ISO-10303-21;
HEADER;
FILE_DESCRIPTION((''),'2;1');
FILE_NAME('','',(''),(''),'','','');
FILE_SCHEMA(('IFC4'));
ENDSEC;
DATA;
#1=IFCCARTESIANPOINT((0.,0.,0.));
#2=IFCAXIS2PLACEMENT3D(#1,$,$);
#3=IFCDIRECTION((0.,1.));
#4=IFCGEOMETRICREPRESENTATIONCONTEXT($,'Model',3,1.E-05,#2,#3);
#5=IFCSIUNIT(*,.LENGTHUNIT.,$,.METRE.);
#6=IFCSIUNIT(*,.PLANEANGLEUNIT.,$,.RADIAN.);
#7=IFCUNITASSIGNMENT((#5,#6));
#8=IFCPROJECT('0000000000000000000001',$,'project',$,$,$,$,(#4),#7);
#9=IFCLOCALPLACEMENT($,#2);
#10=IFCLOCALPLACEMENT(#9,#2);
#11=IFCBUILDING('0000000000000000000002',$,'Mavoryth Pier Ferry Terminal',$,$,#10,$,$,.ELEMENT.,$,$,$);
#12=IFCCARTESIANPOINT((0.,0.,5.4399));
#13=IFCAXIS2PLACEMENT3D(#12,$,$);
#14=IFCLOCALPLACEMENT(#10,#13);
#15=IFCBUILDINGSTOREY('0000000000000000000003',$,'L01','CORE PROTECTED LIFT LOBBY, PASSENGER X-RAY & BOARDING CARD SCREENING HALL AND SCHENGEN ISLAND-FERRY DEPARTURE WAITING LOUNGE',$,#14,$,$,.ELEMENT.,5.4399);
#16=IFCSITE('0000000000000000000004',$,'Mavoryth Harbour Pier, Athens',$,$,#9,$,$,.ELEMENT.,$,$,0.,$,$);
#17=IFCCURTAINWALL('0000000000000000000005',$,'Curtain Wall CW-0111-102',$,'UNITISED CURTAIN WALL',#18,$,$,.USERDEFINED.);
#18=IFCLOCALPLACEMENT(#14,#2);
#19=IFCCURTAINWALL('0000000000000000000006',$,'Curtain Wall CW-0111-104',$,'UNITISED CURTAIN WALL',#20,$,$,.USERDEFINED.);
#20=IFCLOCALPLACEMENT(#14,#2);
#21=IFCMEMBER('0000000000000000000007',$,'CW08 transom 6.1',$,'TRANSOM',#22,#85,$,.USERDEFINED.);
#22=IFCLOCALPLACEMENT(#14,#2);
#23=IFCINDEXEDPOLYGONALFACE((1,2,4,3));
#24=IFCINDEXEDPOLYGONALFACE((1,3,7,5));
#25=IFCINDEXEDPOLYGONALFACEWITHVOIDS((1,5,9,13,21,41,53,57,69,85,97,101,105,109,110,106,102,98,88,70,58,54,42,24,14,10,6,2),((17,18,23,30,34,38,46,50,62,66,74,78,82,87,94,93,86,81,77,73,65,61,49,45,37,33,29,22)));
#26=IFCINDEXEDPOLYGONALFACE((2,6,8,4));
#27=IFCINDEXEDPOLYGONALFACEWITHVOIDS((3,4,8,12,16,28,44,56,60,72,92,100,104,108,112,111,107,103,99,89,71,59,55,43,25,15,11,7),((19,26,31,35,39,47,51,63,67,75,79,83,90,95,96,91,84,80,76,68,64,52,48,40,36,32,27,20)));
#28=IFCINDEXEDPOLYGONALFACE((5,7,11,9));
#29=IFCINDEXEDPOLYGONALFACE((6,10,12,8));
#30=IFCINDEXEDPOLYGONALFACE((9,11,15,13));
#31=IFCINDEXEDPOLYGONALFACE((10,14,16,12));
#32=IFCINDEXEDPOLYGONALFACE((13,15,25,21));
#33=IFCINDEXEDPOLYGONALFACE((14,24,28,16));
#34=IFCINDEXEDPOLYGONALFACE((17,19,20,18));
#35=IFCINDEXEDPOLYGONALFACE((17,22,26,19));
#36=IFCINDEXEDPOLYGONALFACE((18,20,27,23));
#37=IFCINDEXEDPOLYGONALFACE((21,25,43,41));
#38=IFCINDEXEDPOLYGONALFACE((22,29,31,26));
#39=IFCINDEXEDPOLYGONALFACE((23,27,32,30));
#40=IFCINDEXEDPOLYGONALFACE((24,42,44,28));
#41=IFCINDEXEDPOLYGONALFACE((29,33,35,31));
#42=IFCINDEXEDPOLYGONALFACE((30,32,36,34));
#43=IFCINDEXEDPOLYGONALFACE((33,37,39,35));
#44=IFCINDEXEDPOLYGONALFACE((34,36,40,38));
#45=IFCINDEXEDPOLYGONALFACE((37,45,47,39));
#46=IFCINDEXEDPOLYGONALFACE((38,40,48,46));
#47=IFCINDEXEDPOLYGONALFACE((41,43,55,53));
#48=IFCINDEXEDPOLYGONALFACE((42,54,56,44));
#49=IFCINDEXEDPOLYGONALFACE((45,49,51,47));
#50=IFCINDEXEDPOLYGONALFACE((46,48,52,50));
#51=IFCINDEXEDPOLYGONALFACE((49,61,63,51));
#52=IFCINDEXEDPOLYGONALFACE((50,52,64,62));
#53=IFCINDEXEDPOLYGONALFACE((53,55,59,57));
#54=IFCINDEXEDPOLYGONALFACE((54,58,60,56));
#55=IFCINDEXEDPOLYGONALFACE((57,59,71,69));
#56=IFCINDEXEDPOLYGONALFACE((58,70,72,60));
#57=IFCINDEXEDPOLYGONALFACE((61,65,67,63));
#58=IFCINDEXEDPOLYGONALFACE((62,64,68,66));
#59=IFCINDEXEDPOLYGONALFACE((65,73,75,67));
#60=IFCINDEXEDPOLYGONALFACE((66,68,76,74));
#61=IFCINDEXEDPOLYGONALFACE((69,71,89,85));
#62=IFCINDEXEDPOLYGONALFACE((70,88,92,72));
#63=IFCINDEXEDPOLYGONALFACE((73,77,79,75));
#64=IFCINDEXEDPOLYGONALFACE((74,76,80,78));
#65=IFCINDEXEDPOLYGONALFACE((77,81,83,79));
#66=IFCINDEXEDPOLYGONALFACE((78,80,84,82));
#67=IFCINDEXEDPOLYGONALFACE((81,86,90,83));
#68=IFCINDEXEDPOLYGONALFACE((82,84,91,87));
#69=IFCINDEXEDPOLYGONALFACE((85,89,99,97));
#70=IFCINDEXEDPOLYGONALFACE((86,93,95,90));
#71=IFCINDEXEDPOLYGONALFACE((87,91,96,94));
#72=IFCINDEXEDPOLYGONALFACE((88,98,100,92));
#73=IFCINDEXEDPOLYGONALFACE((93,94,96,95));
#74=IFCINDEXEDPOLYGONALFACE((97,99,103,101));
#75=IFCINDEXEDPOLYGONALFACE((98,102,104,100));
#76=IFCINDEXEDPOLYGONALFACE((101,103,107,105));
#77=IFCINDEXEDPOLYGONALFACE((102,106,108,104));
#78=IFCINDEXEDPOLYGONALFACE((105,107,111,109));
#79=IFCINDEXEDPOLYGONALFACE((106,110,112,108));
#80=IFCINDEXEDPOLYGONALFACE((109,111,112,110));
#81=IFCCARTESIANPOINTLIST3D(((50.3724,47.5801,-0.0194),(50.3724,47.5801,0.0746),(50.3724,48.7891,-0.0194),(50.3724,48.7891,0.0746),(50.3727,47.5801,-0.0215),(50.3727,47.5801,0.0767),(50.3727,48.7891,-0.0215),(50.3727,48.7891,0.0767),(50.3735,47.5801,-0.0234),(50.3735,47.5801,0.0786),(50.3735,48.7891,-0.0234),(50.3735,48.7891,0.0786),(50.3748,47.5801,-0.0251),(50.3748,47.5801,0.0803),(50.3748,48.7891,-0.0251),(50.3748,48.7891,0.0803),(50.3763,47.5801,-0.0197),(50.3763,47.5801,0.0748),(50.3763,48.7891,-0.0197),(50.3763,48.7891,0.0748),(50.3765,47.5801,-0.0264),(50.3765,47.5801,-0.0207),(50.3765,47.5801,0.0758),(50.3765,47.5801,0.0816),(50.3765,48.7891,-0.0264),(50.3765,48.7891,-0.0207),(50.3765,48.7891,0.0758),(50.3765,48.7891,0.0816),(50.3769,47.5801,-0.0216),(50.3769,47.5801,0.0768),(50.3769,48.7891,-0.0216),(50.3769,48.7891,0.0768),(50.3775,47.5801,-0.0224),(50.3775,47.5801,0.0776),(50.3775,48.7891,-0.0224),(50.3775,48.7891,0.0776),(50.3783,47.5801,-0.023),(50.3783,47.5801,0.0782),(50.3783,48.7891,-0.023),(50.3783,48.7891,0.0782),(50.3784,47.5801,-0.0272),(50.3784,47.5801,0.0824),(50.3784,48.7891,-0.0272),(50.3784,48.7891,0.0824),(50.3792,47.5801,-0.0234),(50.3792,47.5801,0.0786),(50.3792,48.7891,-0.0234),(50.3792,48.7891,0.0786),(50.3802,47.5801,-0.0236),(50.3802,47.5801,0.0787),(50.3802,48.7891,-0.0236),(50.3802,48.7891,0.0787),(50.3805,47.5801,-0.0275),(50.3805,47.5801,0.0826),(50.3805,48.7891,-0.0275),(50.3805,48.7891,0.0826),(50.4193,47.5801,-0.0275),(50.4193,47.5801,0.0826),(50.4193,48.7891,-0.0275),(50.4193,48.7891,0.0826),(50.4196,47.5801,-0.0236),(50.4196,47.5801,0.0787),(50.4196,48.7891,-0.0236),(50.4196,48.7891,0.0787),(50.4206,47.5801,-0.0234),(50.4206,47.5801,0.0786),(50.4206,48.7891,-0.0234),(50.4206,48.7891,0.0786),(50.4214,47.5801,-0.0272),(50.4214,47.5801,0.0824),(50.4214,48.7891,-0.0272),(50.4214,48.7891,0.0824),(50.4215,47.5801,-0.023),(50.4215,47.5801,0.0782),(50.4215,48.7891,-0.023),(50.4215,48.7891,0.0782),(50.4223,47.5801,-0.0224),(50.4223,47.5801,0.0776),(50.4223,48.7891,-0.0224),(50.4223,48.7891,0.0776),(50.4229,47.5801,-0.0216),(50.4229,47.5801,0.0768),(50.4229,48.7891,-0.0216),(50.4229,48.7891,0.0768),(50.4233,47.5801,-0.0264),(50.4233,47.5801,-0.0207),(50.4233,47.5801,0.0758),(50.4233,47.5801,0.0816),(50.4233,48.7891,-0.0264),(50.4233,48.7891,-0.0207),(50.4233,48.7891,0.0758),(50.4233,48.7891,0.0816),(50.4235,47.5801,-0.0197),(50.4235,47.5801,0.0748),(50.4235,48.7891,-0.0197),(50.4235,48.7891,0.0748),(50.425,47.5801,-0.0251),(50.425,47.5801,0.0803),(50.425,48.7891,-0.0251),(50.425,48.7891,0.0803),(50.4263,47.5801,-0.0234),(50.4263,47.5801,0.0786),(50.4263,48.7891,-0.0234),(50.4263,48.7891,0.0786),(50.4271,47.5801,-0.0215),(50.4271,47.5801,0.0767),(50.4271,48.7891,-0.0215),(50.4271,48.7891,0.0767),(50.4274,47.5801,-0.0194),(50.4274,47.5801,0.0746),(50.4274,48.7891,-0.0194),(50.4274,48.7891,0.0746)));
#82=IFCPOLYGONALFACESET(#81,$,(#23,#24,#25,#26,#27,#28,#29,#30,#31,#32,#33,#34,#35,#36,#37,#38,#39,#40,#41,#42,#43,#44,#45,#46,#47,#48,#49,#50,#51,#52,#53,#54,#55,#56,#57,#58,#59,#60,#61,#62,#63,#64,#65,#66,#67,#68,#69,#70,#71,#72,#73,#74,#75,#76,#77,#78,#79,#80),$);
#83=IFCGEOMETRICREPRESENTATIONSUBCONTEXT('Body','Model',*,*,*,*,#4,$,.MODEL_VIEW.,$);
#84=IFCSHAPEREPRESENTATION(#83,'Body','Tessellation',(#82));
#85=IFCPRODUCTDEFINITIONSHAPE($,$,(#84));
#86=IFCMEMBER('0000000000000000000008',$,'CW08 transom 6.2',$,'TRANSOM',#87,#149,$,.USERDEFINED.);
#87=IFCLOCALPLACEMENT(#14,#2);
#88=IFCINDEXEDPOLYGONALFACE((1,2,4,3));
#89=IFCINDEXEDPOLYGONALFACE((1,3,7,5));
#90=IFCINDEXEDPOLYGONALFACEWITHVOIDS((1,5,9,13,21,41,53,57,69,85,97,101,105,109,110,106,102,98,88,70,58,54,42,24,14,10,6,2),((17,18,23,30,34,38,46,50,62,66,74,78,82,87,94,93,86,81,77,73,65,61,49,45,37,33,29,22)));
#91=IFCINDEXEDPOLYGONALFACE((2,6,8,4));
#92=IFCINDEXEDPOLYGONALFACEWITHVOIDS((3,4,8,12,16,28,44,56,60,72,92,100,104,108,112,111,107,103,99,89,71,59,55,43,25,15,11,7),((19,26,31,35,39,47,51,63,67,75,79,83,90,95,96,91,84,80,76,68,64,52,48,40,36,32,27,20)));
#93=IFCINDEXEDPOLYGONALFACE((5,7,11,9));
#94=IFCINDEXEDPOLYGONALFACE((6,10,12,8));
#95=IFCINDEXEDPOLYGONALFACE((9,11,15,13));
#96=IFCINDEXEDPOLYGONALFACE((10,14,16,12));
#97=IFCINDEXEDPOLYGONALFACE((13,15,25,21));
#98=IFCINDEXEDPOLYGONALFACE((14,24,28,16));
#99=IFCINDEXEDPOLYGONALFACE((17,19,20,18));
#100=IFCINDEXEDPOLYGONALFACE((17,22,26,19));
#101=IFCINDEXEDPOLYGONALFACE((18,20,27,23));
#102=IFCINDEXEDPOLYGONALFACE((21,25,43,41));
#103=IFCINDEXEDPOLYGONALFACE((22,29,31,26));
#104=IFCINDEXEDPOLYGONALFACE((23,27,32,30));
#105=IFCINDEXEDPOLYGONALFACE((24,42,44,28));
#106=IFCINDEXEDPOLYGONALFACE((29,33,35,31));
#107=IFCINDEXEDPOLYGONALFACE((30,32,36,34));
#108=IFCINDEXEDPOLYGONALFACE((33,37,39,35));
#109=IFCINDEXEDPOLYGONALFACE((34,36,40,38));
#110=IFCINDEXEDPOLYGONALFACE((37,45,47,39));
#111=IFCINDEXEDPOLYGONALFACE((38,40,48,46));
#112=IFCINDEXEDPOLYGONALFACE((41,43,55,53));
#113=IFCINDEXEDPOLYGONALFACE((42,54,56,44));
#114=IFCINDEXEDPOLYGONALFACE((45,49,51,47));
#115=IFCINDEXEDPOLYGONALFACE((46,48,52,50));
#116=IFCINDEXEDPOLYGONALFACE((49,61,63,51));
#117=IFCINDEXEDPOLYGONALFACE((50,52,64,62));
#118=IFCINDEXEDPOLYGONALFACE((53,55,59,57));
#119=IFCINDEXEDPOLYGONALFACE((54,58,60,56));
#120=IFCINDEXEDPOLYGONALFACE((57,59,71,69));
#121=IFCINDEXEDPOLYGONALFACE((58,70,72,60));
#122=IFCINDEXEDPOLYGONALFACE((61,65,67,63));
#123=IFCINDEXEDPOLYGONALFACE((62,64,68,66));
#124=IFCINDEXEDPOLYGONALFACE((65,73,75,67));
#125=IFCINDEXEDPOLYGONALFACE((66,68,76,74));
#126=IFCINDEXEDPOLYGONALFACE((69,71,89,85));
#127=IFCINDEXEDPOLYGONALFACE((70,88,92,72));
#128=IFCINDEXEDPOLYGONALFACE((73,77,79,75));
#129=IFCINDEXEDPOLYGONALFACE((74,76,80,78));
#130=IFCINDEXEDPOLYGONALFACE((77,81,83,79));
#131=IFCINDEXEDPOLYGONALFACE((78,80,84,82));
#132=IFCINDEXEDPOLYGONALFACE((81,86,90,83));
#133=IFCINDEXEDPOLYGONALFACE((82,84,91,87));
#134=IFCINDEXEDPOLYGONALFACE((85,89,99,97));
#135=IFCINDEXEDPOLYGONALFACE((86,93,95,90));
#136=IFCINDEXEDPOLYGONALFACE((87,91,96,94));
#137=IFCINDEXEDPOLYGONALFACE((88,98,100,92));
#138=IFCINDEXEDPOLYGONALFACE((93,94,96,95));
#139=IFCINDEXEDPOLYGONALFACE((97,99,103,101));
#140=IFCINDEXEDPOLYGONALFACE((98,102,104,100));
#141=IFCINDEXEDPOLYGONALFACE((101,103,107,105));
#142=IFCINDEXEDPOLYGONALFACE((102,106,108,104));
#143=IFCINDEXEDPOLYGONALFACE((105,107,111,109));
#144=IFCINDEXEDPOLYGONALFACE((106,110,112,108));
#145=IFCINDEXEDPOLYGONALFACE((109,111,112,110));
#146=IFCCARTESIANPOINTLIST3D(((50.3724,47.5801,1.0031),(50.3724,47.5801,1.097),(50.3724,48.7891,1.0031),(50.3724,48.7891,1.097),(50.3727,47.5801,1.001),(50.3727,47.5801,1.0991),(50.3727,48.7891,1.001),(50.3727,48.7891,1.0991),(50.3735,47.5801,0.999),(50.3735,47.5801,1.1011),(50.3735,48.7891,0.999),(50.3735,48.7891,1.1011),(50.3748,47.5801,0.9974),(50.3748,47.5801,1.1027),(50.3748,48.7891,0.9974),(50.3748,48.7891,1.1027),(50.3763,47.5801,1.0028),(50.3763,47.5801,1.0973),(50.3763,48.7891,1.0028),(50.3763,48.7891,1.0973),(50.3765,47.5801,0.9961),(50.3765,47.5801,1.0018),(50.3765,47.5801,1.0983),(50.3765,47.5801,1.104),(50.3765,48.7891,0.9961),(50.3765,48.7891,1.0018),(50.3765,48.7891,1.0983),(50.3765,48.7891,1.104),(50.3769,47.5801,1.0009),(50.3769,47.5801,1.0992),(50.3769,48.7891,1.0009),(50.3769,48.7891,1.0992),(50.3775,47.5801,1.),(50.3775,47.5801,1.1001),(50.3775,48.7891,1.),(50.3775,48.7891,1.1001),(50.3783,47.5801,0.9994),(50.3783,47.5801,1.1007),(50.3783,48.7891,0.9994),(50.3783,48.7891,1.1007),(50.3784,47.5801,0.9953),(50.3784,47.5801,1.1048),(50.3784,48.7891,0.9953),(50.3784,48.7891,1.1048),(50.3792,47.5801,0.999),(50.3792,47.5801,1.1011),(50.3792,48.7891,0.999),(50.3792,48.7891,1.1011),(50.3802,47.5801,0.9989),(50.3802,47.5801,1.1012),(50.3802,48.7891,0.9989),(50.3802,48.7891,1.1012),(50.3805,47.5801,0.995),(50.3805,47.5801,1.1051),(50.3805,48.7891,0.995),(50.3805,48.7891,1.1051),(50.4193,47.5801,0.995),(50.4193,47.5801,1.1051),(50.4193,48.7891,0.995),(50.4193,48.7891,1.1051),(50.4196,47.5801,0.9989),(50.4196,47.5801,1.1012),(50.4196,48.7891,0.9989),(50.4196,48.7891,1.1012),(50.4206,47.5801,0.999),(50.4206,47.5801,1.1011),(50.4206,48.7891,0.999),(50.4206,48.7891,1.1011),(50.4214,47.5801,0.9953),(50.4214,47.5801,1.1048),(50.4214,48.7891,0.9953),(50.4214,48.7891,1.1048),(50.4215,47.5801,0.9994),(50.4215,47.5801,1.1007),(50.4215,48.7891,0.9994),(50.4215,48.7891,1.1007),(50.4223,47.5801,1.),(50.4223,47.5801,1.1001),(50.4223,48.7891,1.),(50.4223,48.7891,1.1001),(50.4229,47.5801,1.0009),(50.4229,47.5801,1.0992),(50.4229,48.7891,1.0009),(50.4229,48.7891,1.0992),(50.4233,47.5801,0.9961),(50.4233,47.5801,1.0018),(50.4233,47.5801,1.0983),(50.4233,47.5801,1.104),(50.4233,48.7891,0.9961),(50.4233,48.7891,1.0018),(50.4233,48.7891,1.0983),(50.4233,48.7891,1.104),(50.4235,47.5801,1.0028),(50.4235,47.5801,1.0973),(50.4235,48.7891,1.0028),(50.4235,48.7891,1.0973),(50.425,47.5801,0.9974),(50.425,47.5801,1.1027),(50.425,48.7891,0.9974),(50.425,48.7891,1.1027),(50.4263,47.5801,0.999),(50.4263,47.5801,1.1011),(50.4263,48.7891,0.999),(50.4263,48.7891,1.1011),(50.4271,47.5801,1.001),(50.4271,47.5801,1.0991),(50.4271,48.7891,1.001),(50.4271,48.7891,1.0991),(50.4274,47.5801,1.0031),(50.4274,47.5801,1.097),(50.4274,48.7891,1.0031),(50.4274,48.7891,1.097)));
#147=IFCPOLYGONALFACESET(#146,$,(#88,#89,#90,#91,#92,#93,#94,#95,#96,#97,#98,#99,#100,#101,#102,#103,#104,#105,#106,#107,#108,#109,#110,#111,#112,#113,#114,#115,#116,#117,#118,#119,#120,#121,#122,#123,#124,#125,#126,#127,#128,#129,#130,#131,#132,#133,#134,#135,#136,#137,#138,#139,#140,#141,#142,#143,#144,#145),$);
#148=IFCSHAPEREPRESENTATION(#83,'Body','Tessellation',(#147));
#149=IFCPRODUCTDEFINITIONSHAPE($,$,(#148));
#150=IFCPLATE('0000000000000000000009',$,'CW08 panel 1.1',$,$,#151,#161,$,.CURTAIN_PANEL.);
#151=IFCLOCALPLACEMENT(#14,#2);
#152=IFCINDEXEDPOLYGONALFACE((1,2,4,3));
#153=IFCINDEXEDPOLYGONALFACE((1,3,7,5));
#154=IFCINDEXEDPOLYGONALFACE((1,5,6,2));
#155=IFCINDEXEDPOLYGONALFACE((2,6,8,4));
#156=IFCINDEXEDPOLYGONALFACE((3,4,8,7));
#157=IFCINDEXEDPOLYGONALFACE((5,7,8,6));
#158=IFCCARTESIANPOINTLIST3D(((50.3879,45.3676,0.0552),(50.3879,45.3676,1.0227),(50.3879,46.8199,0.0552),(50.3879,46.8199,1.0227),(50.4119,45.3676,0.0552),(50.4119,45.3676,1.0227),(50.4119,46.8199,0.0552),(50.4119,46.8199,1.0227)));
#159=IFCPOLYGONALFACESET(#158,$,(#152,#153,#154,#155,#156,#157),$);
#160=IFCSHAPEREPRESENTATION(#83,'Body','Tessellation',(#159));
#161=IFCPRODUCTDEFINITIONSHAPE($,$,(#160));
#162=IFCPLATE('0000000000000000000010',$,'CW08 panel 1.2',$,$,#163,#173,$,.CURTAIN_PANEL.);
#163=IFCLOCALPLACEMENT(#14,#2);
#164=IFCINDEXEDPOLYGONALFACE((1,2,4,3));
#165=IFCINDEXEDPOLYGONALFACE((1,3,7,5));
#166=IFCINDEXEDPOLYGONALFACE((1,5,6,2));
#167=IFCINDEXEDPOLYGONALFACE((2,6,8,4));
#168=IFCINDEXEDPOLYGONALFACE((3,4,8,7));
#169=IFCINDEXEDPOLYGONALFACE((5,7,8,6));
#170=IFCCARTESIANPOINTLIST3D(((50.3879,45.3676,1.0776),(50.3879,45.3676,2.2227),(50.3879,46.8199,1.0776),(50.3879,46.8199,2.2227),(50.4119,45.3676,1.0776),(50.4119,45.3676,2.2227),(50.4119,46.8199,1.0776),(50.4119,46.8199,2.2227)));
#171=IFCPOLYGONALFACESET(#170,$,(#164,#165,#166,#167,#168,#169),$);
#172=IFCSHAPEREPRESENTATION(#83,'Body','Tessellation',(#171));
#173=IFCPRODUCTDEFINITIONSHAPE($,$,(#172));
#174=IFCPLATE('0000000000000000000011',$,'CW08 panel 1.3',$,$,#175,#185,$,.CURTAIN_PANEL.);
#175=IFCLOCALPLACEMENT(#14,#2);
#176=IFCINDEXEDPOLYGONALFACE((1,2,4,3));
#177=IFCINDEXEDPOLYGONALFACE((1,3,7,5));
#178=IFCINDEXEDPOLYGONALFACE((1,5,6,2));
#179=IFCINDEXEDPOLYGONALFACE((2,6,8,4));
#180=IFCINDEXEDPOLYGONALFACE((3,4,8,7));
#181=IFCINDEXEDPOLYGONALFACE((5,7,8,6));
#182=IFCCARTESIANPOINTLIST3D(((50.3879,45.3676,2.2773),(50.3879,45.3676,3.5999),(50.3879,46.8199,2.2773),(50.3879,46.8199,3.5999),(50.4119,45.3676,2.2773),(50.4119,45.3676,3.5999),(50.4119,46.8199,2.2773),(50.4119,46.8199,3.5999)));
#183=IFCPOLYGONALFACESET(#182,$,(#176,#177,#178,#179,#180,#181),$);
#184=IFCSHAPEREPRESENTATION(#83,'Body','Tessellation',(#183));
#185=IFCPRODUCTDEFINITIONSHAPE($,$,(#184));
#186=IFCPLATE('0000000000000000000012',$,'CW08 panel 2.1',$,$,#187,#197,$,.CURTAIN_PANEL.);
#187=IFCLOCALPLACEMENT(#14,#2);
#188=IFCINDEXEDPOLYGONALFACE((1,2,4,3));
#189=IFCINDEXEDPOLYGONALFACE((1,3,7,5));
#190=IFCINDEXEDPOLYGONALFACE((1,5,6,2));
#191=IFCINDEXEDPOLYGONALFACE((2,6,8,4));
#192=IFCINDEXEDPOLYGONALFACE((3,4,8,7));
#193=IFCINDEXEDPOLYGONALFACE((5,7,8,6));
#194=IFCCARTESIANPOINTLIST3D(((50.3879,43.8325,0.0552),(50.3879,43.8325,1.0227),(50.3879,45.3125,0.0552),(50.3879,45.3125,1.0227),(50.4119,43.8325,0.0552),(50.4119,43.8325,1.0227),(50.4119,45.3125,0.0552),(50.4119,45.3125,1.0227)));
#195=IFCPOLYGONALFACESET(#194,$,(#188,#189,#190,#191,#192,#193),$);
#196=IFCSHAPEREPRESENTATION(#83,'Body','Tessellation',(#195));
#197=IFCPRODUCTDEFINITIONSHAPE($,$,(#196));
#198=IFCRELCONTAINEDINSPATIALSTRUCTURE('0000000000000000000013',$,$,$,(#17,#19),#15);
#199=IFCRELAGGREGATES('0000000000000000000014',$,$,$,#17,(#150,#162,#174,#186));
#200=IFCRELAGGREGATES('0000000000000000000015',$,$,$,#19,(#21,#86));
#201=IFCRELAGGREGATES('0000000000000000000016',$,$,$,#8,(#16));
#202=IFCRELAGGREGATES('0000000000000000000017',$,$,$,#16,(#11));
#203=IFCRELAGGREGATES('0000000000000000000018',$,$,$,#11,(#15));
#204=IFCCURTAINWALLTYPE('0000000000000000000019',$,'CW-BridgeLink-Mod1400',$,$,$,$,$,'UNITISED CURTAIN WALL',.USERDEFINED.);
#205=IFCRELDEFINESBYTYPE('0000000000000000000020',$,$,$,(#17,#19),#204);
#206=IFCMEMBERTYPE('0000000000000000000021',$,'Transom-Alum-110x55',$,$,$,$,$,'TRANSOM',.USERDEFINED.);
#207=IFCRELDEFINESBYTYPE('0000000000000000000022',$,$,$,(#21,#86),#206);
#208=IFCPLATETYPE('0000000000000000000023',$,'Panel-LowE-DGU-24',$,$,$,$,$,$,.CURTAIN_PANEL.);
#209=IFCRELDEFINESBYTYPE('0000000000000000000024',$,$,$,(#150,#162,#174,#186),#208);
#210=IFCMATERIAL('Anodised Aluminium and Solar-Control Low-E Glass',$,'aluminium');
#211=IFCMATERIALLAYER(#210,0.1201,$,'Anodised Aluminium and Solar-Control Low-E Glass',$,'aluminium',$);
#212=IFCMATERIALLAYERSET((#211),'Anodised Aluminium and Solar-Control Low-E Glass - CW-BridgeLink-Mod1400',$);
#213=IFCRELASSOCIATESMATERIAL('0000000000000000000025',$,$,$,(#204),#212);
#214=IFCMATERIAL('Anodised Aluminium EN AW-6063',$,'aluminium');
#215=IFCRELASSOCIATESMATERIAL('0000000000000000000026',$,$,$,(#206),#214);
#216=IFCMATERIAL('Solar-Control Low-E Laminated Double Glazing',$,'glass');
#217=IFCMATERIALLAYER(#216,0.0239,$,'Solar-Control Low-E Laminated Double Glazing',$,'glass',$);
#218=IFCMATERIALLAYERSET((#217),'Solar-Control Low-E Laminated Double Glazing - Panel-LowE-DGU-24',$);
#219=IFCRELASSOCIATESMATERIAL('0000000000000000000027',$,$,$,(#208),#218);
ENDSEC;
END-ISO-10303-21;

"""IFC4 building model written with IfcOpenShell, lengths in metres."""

from ifc_helpers import new_model, si_unit, direction, frame, origin, origin_2d, place, context, subcontext, project, spatial, rectangle, hollow_rectangle, extrude, material, layer, layer_set, material_profile, profile_set, type_object, element, aggregate, save


model = new_model("IFC4")

# Units and contexts
model_context = context("Model", 3, precision=1e-05, world=origin(), true_north=direction((0.0, 1.0)))
body_context = subcontext(model_context, "Body", "Model", "MODEL_VIEW")
ifc_project = project(units=[si_unit("LENGTHUNIT", "METRE"), si_unit("PLANEANGLEUNIT", "RADIAN")], contexts=[model_context])

# Site, building, storey
site_placement = place(None, origin())
site = spatial("IfcSite", under=ifc_project, at=site_placement, Name="Mavoryth Harbour Pier, Athens", CompositionType="ELEMENT", RefElevation=0.0)
building_placement = place(site_placement, origin())
building = spatial("IfcBuilding", under=site, at=building_placement, Name="Mavoryth Pier Ferry Terminal", CompositionType="ELEMENT")
storey_placement = place(building_placement, frame((0.0, 0.0, 5.4399)))
storey = spatial("IfcBuildingStorey", under=building, at=storey_placement, Name="L01", Description="CORE PROTECTED LIFT LOBBY, PASSENGER X-RAY & BOARDING CARD SCREENING HALL AND SCHENGEN ISLAND-FERRY DEPARTURE WAITING LOUNGE", CompositionType="ELEMENT", Elevation=5.4399)

# Curtain wall
ifc_material_1 = material(Name="Anodised Aluminium and Solar-Control Low-E Glass", Category="aluminium")
ifc_layer_1 = layer(ifc_material_1, 0.1201, Name="Anodised Aluminium and Solar-Control Low-E Glass", Category="aluminium")
ifc_layer_set_1 = layer_set([ifc_layer_1], Name="Anodised Aluminium and Solar-Control Low-E Glass - CW-BridgeLink-Mod1400")
curtain_wall_type = type_object("IfcCurtainWallType", Name="CW-BridgeLink-Mod1400", ElementType="UNITISED CURTAIN WALL", PredefinedType="USERDEFINED", material=ifc_layer_set_1)
curtain_wall_1_placement = place(storey_placement, origin())
curtain_wall_1 = element("IfcCurtainWall", 1, at=curtain_wall_1_placement, inside=storey, type_object=curtain_wall_type, Name="Curtain Wall CW-0111-102", ObjectType="UNITISED CURTAIN WALL", PredefinedType="USERDEFINED")
ifc_material_2 = material(Name="Anodised Aluminium EN AW-6063", Category="aluminium")

# Curtain wall
curtain_wall_2_placement = place(storey_placement, origin())
curtain_wall_2 = element("IfcCurtainWall", 2, at=curtain_wall_2_placement, inside=storey, type_object=curtain_wall_type, Name="Curtain Wall CW-0111-104", ObjectType="UNITISED CURTAIN WALL", PredefinedType="USERDEFINED")

# Members
ifc_material_profile_1 = material_profile(ifc_material_2, hollow_rectangle(XDim=0.0549, YDim=0.1101, WallThickness=0.0039, InnerFilletRadius=0.0039, OuterFilletRadius=0.0081, at=origin_2d()), Name="AL-TRAN 110x55x4", Category="aluminium")
ifc_profile_set_1 = profile_set([ifc_material_profile_1], Name="Anodised Aluminium EN AW-6063 - AL-TRAN 110x55x4")
member_type_1 = type_object("IfcMemberType", Name="Transom-Alum-110x55", ElementType="TRANSOM", PredefinedType="USERDEFINED", material=ifc_profile_set_1)
member_1_placement = place(storey_placement, frame((50.3999, 48.7891, 0.0276), z_axis=(0.0, -1.0, 0.0), x_axis=(1.0, 0.0, 0.0)))
member_1 = element("IfcMember", 3, at=member_1_placement, type_object=member_type_1, Name="CW08 transom 6.1", ObjectType="TRANSOM", PredefinedType="USERDEFINED", context=body_context, shape_type="SweptSolid", body=[
    extrude(hollow_rectangle(XDim=0.0549, YDim=0.1101, WallThickness=0.0039, InnerFilletRadius=0.0039, OuterFilletRadius=0.0081, at=origin_2d()), origin(), (0.0, 0.0, 1.0), 1.209),
])
member_2_placement = place(storey_placement, frame((50.3999, 48.7891, 1.05), z_axis=(0.0, -1.0, 0.0), x_axis=(1.0, 0.0, 0.0)))
member_2 = element("IfcMember", 4, at=member_2_placement, type_object=member_type_1, Name="CW08 transom 6.2", ObjectType="TRANSOM", PredefinedType="USERDEFINED", context=body_context, shape_type="SweptSolid", body=[
    extrude(hollow_rectangle(XDim=0.0549, YDim=0.1101, WallThickness=0.0039, InnerFilletRadius=0.0039, OuterFilletRadius=0.0081, at=origin_2d()), origin(), (0.0, 0.0, 1.0), 1.209),
])

# Plates
ifc_material_3 = material(Name="Solar-Control Low-E Laminated Double Glazing", Category="glass")
ifc_layer_2 = layer(ifc_material_3, 0.0239, Name="Solar-Control Low-E Laminated Double Glazing", Category="glass")
ifc_layer_set_2 = layer_set([ifc_layer_2], Name="Solar-Control Low-E Laminated Double Glazing - Panel-LowE-DGU-24")
plate_type = type_object("IfcPlateType", Name="Panel-LowE-DGU-24", PredefinedType="CURTAIN_PANEL", material=ifc_layer_set_2)
plate_1_placement = place(storey_placement, frame((50.3999, 46.0938, 0.0552), z_axis=(0.0, 0.0, 1.0), x_axis=(0.0, -1.0, 0.0)))
plate_1 = element("IfcPlate", 5, at=plate_1_placement, type_object=plate_type, Name="CW08 panel 1.1", PredefinedType="CURTAIN_PANEL", context=body_context, shape_type="SweptSolid", body=[
    extrude(rectangle(XDim=1.4524, YDim=0.0239, at=origin_2d()), origin(), (0.0, 0.0, 1.0), 0.9675),
])
plate_2_placement = place(storey_placement, frame((50.3999, 46.0938, 1.0776), z_axis=(0.0, 0.0, 1.0), x_axis=(0.0, -1.0, 0.0)))
plate_2 = element("IfcPlate", 6, at=plate_2_placement, type_object=plate_type, Name="CW08 panel 1.2", PredefinedType="CURTAIN_PANEL", context=body_context, shape_type="SweptSolid", body=[
    extrude(rectangle(XDim=1.4524, YDim=0.0239, at=origin_2d()), origin(), (0.0, 0.0, 1.0), 1.145),
])
plate_3_placement = place(storey_placement, frame((50.3999, 46.0938, 2.2773), z_axis=(0.0, 0.0, 1.0), x_axis=(0.0, -1.0, 0.0)))
plate_3 = element("IfcPlate", 7, at=plate_3_placement, type_object=plate_type, Name="CW08 panel 1.3", PredefinedType="CURTAIN_PANEL", context=body_context, shape_type="SweptSolid", body=[
    extrude(rectangle(XDim=1.4524, YDim=0.0239, at=origin_2d()), origin(), (0.0, 0.0, 1.0), 1.3225),
])
plate_4_placement = place(storey_placement, frame((50.3999, 44.5725, 0.0552), z_axis=(0.0, 0.0, 1.0), x_axis=(0.0, -1.0, 0.0)))
plate_4 = element("IfcPlate", 8, at=plate_4_placement, type_object=plate_type, Name="CW08 panel 2.1", PredefinedType="CURTAIN_PANEL", context=body_context, shape_type="SweptSolid", body=[
    extrude(rectangle(XDim=1.48, YDim=0.0239, at=origin_2d()), origin(), (0.0, 0.0, 1.0), 0.9675),
])
aggregate(curtain_wall_1, [plate_1, plate_2, plate_3, plate_4])
aggregate(curtain_wall_2, [member_1, member_2])

save(model, "model.ifc")
